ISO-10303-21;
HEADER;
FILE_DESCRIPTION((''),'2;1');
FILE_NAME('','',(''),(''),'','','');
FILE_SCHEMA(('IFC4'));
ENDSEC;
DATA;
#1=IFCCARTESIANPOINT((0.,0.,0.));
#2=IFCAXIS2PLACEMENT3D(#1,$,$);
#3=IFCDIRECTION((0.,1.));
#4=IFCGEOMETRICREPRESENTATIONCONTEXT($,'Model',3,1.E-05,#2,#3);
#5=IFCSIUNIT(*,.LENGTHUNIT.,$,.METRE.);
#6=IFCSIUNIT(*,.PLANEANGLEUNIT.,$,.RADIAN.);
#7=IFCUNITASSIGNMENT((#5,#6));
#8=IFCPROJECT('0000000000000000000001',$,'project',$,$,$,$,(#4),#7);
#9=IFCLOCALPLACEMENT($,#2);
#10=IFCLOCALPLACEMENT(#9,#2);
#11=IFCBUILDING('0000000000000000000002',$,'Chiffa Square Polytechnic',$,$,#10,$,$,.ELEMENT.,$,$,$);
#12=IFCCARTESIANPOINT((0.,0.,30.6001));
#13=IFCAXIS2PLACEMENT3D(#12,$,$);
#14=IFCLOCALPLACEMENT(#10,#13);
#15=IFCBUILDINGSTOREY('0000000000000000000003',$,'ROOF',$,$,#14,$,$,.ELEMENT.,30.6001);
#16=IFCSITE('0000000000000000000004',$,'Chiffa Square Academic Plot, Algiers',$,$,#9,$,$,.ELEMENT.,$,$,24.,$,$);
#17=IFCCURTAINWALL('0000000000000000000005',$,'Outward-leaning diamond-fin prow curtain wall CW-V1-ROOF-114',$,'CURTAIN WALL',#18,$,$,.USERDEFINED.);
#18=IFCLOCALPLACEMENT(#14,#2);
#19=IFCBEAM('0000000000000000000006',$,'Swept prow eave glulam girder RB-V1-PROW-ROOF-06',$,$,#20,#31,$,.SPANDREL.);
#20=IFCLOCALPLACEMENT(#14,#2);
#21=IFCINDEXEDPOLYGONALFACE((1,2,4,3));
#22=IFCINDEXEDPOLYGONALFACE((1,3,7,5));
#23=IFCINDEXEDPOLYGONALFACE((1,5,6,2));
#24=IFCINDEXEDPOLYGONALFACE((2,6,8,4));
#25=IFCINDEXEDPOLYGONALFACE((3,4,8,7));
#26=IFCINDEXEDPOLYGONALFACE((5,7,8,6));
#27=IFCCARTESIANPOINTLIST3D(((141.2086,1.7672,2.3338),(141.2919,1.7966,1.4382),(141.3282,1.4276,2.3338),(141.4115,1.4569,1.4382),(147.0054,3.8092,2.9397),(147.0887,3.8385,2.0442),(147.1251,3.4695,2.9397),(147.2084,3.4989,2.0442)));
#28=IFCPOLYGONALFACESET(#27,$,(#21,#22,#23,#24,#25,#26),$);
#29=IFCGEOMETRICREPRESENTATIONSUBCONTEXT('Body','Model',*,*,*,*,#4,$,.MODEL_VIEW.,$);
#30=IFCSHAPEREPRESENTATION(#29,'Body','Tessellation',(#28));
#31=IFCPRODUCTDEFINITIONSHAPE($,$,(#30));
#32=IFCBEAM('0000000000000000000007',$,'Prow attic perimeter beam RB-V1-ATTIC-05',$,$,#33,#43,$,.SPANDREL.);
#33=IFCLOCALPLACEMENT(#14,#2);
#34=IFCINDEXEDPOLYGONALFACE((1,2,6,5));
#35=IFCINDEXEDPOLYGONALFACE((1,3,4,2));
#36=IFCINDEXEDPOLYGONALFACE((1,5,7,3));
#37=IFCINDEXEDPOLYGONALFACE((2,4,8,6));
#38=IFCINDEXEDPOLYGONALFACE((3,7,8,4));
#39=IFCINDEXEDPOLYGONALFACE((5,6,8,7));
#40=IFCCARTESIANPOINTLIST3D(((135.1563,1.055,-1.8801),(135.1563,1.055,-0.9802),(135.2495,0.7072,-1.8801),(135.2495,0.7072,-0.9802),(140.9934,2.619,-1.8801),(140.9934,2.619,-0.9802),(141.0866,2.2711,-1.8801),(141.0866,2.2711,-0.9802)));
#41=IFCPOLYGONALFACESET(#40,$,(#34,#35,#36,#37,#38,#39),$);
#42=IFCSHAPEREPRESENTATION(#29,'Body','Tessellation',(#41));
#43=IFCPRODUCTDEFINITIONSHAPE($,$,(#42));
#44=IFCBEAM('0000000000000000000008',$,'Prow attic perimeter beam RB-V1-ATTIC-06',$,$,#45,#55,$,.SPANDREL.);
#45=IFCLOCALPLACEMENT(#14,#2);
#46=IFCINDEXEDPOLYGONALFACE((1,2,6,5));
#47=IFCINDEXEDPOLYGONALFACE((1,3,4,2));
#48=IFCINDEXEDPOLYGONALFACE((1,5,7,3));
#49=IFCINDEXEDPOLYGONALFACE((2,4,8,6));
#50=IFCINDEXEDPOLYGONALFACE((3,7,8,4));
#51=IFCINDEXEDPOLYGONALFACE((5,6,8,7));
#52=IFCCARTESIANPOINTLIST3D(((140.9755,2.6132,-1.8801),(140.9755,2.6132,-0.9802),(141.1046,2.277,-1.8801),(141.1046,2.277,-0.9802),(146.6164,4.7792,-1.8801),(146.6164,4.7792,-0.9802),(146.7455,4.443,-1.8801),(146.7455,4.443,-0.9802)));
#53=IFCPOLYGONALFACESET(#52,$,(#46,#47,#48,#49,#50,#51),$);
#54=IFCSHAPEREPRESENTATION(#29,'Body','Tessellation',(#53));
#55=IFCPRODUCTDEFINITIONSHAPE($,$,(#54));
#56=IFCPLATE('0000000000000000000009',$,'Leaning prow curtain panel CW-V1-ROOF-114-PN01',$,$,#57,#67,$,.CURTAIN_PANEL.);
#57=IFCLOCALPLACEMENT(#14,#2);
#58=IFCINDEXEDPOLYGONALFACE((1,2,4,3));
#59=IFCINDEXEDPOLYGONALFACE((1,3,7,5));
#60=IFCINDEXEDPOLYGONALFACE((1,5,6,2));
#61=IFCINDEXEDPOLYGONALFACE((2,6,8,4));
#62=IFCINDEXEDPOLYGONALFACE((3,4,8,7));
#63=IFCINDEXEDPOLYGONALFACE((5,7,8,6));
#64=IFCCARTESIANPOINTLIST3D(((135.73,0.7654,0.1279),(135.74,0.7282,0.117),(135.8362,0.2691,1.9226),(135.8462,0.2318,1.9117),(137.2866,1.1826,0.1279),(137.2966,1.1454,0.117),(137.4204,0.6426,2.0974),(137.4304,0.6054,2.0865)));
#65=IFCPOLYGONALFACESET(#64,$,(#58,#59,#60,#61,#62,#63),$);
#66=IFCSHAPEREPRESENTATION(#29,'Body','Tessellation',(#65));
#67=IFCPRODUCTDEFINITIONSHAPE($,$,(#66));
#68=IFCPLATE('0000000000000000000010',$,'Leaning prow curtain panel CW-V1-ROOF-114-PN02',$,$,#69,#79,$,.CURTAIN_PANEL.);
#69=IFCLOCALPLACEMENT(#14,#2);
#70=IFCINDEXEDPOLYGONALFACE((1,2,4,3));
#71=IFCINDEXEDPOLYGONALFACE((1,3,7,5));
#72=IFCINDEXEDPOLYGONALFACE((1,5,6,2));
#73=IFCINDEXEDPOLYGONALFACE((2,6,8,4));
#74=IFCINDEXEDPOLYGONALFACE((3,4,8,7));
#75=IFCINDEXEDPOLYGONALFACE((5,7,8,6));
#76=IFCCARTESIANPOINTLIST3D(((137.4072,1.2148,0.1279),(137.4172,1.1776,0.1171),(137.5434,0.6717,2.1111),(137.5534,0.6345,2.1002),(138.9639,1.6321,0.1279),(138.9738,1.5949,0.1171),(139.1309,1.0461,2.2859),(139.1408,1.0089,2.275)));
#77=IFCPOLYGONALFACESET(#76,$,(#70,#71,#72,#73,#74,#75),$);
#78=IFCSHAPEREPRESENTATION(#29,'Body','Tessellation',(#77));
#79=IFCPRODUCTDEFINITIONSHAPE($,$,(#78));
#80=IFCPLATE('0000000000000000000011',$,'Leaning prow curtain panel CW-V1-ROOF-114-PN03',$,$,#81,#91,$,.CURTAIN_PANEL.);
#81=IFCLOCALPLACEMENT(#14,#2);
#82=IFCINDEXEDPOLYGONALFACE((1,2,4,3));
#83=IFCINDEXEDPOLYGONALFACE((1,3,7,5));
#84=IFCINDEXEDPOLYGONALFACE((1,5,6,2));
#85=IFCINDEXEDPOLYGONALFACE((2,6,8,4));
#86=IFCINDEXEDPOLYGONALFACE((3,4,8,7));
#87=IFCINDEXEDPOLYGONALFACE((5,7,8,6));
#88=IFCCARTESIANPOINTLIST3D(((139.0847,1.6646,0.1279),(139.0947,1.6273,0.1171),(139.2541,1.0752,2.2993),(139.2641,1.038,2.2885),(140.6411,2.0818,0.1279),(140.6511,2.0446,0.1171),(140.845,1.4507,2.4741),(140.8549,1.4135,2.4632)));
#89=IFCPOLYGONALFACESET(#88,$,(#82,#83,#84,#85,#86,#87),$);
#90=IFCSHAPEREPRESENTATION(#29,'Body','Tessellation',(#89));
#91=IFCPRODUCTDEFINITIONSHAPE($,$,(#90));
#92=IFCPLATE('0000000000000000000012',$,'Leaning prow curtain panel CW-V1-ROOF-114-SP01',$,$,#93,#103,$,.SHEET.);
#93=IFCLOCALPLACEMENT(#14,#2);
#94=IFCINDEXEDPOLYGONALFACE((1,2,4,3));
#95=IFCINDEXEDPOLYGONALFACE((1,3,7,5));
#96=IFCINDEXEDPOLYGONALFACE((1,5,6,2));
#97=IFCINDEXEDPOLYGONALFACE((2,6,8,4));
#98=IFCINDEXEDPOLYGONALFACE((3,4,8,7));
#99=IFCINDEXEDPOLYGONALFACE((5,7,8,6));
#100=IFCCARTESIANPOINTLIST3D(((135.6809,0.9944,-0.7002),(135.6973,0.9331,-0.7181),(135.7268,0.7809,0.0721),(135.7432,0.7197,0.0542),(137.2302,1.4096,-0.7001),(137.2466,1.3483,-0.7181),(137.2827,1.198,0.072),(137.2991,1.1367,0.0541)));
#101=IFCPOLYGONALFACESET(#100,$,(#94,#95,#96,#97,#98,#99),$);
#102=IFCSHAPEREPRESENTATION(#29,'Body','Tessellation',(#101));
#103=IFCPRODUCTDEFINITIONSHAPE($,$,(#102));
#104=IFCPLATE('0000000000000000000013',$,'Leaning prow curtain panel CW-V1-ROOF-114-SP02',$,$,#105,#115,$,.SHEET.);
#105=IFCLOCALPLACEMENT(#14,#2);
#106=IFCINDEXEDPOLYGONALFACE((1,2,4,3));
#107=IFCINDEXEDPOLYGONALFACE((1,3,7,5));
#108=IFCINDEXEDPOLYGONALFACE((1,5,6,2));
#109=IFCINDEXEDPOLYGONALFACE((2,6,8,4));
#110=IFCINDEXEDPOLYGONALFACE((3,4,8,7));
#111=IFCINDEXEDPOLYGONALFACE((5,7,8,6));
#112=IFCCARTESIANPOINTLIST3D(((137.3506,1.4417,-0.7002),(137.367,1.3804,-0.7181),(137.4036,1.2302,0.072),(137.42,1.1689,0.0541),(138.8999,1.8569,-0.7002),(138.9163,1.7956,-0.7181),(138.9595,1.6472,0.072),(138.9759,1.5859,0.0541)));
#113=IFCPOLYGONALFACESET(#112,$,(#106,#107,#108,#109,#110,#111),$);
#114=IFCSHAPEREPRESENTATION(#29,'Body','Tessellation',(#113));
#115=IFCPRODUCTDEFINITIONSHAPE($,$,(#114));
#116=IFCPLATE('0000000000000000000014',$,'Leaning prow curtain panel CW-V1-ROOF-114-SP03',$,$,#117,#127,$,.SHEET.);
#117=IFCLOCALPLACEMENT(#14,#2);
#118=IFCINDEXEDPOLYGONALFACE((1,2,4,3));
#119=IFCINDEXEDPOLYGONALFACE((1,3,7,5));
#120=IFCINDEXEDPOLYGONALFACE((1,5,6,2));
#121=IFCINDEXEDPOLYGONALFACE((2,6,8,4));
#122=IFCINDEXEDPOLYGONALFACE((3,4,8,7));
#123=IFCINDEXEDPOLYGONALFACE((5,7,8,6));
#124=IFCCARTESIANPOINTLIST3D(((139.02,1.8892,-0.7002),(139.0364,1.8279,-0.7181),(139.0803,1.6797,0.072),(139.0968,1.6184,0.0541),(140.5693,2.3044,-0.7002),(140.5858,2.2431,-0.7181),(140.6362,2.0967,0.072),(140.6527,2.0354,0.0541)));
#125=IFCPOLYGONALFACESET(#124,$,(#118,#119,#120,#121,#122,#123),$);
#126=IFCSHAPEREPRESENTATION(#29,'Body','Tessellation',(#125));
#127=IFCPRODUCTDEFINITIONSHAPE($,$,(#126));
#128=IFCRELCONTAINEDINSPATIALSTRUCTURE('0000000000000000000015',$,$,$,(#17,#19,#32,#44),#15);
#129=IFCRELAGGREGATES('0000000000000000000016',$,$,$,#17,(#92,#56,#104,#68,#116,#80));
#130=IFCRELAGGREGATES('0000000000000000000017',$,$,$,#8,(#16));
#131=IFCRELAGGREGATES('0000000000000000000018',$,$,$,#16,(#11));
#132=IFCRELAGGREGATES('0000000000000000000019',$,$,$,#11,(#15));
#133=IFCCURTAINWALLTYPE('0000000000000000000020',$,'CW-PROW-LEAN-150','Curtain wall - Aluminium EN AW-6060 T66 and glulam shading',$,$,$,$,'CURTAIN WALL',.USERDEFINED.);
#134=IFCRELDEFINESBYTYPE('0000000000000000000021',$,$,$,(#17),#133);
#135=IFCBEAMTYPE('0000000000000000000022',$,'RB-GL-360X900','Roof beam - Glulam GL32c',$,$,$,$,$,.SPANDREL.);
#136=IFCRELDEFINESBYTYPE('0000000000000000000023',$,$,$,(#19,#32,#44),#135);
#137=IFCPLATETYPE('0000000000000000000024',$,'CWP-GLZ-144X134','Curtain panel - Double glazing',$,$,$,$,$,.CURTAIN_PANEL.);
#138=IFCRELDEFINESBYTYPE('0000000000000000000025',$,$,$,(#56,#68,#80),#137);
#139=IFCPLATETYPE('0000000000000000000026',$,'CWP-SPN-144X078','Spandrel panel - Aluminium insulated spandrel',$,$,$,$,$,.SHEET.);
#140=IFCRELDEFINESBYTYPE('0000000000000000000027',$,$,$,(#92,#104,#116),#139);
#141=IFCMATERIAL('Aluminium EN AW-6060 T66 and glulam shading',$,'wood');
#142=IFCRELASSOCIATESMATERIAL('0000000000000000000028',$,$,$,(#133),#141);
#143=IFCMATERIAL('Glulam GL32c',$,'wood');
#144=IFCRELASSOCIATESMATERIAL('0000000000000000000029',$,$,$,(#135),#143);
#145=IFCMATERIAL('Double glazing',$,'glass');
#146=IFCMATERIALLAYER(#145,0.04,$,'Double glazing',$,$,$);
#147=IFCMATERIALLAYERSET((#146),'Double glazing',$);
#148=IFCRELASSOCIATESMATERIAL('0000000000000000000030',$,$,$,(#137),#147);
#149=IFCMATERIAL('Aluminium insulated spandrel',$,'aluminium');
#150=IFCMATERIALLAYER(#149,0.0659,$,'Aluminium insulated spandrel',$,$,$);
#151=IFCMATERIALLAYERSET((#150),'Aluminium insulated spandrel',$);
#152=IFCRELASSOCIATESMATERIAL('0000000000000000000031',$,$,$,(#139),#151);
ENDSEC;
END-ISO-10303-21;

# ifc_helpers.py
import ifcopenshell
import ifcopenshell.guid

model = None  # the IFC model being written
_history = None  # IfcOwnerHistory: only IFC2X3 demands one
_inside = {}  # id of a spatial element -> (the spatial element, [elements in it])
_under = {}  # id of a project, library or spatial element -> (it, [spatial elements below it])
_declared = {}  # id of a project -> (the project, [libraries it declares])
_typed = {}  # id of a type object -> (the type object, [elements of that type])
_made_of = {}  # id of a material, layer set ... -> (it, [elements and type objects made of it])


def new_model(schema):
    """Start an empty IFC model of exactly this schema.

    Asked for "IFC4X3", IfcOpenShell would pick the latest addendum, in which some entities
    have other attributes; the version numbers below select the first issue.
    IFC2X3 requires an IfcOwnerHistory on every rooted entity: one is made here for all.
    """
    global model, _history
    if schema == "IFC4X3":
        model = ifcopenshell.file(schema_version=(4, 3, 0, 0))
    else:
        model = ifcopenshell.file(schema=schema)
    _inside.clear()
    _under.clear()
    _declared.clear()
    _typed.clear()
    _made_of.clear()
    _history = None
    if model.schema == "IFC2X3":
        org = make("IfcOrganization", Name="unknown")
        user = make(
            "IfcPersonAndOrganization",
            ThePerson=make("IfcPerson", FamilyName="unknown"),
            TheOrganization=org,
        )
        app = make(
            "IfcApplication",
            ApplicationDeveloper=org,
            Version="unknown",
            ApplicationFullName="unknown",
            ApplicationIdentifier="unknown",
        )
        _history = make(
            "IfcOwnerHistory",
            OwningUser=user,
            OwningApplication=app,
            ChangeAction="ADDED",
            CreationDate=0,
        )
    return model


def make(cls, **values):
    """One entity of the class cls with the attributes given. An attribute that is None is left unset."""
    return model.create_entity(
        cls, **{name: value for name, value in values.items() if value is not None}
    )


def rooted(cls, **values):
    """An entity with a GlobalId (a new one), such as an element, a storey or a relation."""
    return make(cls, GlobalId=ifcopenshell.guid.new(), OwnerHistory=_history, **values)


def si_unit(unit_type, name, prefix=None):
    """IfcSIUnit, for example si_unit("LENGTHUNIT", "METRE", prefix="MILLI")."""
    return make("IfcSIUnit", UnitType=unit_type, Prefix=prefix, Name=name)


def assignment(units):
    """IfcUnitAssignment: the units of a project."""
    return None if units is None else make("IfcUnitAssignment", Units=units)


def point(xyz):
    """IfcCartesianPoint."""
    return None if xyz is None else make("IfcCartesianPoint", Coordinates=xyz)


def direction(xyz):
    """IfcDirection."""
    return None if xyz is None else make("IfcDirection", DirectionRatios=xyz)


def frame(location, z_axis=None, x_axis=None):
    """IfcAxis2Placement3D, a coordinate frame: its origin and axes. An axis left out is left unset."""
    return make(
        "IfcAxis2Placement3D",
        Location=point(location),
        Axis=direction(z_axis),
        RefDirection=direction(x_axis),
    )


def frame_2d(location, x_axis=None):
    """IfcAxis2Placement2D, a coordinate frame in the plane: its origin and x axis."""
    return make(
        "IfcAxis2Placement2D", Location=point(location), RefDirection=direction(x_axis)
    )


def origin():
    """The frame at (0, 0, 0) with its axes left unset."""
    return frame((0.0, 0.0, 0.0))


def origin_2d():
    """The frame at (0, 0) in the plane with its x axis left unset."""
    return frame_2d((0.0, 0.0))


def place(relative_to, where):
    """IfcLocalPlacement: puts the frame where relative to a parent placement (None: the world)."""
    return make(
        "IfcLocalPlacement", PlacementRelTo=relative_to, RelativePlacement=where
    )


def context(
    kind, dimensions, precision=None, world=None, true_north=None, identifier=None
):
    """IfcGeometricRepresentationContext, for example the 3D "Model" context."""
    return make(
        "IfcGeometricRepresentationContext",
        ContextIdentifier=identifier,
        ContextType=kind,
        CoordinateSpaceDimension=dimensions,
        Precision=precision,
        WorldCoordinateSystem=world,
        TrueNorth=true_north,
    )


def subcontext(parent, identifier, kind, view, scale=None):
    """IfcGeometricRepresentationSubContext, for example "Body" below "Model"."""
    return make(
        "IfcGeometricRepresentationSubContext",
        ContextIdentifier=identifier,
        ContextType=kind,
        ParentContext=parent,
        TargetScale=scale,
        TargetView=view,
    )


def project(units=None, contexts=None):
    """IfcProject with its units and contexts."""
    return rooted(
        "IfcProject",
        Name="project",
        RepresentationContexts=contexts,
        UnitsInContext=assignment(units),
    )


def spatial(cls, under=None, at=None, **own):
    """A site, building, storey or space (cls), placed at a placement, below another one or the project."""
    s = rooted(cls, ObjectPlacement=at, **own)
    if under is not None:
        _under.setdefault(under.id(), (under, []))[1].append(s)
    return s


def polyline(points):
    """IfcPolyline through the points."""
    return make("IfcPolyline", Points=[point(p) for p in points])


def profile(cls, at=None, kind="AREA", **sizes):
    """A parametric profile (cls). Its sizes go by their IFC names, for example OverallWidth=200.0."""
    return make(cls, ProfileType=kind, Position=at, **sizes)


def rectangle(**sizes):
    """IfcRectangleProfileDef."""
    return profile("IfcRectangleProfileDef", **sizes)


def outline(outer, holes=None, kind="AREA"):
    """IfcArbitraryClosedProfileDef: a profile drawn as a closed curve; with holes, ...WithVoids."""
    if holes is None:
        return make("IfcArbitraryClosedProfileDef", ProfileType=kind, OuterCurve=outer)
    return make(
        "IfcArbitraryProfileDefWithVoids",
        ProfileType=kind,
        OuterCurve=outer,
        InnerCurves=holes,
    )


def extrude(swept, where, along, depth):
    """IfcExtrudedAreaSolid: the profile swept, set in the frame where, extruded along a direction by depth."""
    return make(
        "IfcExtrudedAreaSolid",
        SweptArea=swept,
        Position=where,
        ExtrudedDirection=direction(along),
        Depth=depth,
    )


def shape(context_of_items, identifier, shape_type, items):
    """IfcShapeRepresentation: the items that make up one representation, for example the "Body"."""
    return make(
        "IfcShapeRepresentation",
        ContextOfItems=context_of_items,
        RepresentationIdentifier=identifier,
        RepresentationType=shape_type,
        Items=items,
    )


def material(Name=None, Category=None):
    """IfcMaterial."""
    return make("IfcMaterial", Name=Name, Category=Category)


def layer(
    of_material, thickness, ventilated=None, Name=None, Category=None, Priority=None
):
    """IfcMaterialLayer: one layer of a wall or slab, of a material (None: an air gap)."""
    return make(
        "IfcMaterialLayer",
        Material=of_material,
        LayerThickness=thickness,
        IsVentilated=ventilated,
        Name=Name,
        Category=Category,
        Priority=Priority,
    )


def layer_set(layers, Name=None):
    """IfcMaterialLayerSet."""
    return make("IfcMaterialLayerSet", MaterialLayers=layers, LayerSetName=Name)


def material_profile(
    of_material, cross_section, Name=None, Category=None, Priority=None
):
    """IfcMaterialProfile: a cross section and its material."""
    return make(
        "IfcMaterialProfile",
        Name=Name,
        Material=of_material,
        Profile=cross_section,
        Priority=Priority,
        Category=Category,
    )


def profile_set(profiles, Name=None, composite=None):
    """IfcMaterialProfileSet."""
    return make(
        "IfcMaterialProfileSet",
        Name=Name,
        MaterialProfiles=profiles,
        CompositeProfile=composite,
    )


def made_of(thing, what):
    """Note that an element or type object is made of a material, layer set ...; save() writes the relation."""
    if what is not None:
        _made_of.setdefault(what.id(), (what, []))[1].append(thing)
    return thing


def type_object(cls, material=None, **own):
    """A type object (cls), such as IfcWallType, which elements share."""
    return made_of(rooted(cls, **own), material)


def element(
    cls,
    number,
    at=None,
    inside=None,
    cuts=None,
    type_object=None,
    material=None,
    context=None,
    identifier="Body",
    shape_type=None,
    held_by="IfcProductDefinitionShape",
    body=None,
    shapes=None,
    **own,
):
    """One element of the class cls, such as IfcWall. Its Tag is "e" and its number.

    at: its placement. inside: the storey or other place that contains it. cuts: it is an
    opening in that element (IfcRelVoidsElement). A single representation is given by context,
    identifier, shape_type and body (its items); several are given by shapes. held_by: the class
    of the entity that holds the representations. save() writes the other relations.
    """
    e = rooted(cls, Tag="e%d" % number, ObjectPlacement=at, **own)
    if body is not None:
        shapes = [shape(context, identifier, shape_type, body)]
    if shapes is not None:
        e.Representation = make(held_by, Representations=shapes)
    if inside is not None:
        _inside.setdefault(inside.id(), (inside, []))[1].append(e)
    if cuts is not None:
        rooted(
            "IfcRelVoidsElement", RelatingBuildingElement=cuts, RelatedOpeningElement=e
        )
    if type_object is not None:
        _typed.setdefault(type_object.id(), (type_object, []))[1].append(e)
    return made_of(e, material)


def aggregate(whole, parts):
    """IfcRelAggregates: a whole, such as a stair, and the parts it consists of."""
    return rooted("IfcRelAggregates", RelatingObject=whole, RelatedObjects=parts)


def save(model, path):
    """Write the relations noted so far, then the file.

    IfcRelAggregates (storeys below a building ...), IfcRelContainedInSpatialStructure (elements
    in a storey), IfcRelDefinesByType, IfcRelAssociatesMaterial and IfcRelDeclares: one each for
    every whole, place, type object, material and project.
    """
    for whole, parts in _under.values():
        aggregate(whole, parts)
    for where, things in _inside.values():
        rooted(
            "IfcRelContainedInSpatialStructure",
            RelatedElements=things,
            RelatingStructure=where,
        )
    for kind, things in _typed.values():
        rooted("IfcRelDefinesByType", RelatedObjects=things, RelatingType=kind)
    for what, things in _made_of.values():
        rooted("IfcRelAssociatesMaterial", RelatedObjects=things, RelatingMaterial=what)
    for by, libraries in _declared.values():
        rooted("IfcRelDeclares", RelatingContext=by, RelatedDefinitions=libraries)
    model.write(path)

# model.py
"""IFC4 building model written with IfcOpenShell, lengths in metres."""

from ifc_helpers import new_model, si_unit, direction, frame, origin, origin_2d, place, context, subcontext, project, spatial, polyline, rectangle, outline, extrude, material, layer, layer_set, material_profile, profile_set, type_object, element, aggregate, save


model = new_model("IFC4")

# Units and contexts
model_context = context("Model", 3, precision=1e-05, world=origin(), true_north=direction((0.0, 1.0)))
body_context = subcontext(model_context, "Body", "Model", "MODEL_VIEW")
ifc_project = project(units=[si_unit("LENGTHUNIT", "METRE"), si_unit("PLANEANGLEUNIT", "RADIAN")], contexts=[model_context])

# Site, building, storey
site_placement = place(None, origin())
site = spatial("IfcSite", under=ifc_project, at=site_placement, Name="Chiffa Square Academic Plot, Algiers", CompositionType="ELEMENT", RefElevation=24.0)
building_placement = place(site_placement, origin())
building = spatial("IfcBuilding", under=site, at=building_placement, Name="Chiffa Square Polytechnic", CompositionType="ELEMENT")
storey_placement = place(building_placement, frame((0.0, 0.0, 30.6001)))
storey = spatial("IfcBuildingStorey", under=building, at=storey_placement, Name="ROOF", CompositionType="ELEMENT", Elevation=30.6001)

# Shared definitions
ifc_material_1 = material(Name="Glulam GL32c", Category="wood")

# Shared definitions
ifc_material_2 = material(Name="Aluminium EN AW-6060 T66 and glulam shading", Category="wood")

# Curtain wall
curtain_wall_type_1 = type_object("IfcCurtainWallType", Name="CW-PROW-LEAN-150", Description="Curtain wall - Aluminium EN AW-6060 T66 and glulam shading", ElementType="CURTAIN WALL", PredefinedType="USERDEFINED", material=ifc_material_2)
curtain_wall_1_placement = place(storey_placement, origin())
curtain_wall_1 = element("IfcCurtainWall", 1, at=curtain_wall_1_placement, inside=storey, type_object=curtain_wall_type_1, Name="Outward-leaning diamond-fin prow curtain wall CW-V1-ROOF-114", ObjectType="CURTAIN WALL", PredefinedType="USERDEFINED")

# Beams
ifc_material_profile_1 = material_profile(ifc_material_1, rectangle(XDim=0.3601, YDim=0.8999, at=origin_2d()), Name="GL32c 360x900")
ifc_profile_set_1 = profile_set([ifc_material_profile_1], Name="Glulam GL32c")
beam_type_1 = type_object("IfcBeamType", Name="RB-GL-360X900", Description="Roof beam - Glulam GL32c", PredefinedType="SPANDREL", material=ifc_profile_set_1)
beam_1_placement = place(storey_placement, frame((141.3101, 1.6121, 1.886), z_axis=(0.938641, 0.330643, 0.098118), x_axis=(-0.332247, 0.943193, 0.0)))
element("IfcBeam", 2, at=beam_1_placement, inside=storey, type_object=beam_type_1, Name="Swept prow eave glulam girder RB-V1-PROW-ROOF-06", PredefinedType="SPANDREL", context=body_context, shape_type="SweptSolid", body=[
    extrude(rectangle(XDim=0.3601, YDim=0.8999, at=origin_2d()), origin(), (0.0, 0.0, 1.0), 6.1758),
])
beam_2_placement = place(storey_placement, frame((135.2029, 0.8811, -1.4302), z_axis=(0.96593, 0.258804, 0.0), x_axis=(-0.258804, 0.96593, 0.0)))
element("IfcBeam", 3, at=beam_2_placement, inside=storey, type_object=beam_type_1, Name="Prow attic perimeter beam RB-V1-ATTIC-05", PredefinedType="SPANDREL", context=body_context, shape_type="SweptSolid", body=[
    extrude(rectangle(XDim=0.3601, YDim=0.8999, at=origin_2d()), origin(), (0.0, 0.0, 1.0), 6.043),
])
beam_3_placement = place(storey_placement, frame((141.04, 2.4451, -1.4302), z_axis=(0.933542, 0.358467, 0.0), x_axis=(-0.358467, 0.933542, 0.0)))
element("IfcBeam", 4, at=beam_3_placement, inside=storey, type_object=beam_type_1, Name="Prow attic perimeter beam RB-V1-ATTIC-06", PredefinedType="SPANDREL", context=body_context, shape_type="SweptSolid", body=[
    extrude(rectangle(XDim=0.3601, YDim=0.8999, at=origin_2d()), origin(), (0.0, 0.0, 1.0), 6.0425),
])

# Plates
ifc_material_3 = material(Name="Double glazing", Category="glass")
ifc_layer_1 = layer(ifc_material_3, 0.04, Name="Double glazing")
ifc_layer_set_1 = layer_set([ifc_layer_1], Name="Double glazing")
plate_type_1 = type_object("IfcPlateType", Name="CWP-GLZ-144X134", Description="Curtain panel - Double glazing", PredefinedType="CURTAIN_PANEL", material=ifc_layer_set_1)
plate_1_placement = place(storey_placement, frame((135.73, 0.7654, 0.1279), z_axis=(-0.249156, 0.929537, 0.271813), x_axis=(0.965903, 0.258903, 0.000002)))
plate_1 = element("IfcPlate", 5, at=plate_1_placement, type_object=plate_type_1, Name="Leaning prow curtain panel CW-V1-ROOF-114-PN01", PredefinedType="CURTAIN_PANEL", context=body_context, shape_type="SweptSolid", body=[
    extrude(outline(polyline([(0.0, 0.0), (1.6116, 0.0), (1.601, -2.0465), (-0.0259, -1.8649), (0.0, 0.0)])), origin(), (0.0, 0.0, -1.0), 0.04),
])
plate_2_placement = place(storey_placement, frame((137.4072, 1.2148, 0.1279), z_axis=(-0.249192, 0.929558, 0.271708), x_axis=(0.965896, 0.258931, 0.00001)))
plate_2 = element("IfcPlate", 6, at=plate_2_placement, type_object=plate_type_1, Name="Leaning prow curtain panel CW-V1-ROOF-114-PN02", PredefinedType="CURTAIN_PANEL", context=body_context, shape_type="SweptSolid", body=[
    extrude(outline(polyline([(0.0, 0.0), (1.6116, 0.0), (1.6212, -2.2423), (-0.0091, -2.0607), (0.0, 0.0)])), origin(), (0.0, 0.0, -1.0), 0.04),
])
plate_3_placement = place(storey_placement, frame((139.0847, 1.6646, 0.1279), z_axis=(-0.249227, 0.929546, 0.271718), x_axis=(0.965886, 0.258968, 0.000009)))
plate_3 = element("IfcPlate", 7, at=plate_3_placement, type_object=plate_type_1, Name="Leaning prow curtain panel CW-V1-ROOF-114-PN03", PredefinedType="CURTAIN_PANEL", context=body_context, shape_type="SweptSolid", body=[
    extrude(outline(polyline([(0.0, 0.0), (1.6114, 0.0), (1.6448, -2.4379), (0.011, -2.2563), (0.0, 0.0)])), origin(), (0.0, 0.0, -1.0), 0.04),
])
ifc_material_4 = material(Name="Aluminium insulated spandrel", Category="aluminium")
ifc_layer_2 = layer(ifc_material_4, 0.0659, Name="Aluminium insulated spandrel")
ifc_layer_set_2 = layer_set([ifc_layer_2], Name="Aluminium insulated spandrel")
plate_type_2 = type_object("IfcPlateType", Name="CWP-SPN-144X078", Description="Spandrel panel - Aluminium insulated spandrel", PredefinedType="SHEET", material=ifc_layer_set_2)
plate_4_placement = place(storey_placement, frame((135.6809, 0.9944, -0.7002), z_axis=(-0.249148, 0.929571, 0.271703), x_axis=(0.96591, 0.258877, 0.000034)))
plate_4 = element("IfcPlate", 8, at=plate_4_placement, type_object=plate_type_2, Name="Leaning prow curtain panel CW-V1-ROOF-114-SP01", PredefinedType="SHEET", context=body_context, shape_type="SweptSolid", body=[
    extrude(outline(polyline([(0.0, 0.0), (1.6039, 0.0), (1.5999, -0.8023), (-0.0109, -0.8025), (0.0, 0.0)])), origin(), (0.0, 0.0, -1.0), 0.0659),
])
plate_5_placement = place(storey_placement, frame((137.3506, 1.4417, -0.7002), z_axis=(-0.249152, 0.929588, 0.271641), x_axis=(0.965907, 0.258888, -0.000005)))
plate_5 = element("IfcPlate", 9, at=plate_5_placement, type_object=plate_type_2, Name="Leaning prow curtain panel CW-V1-ROOF-114-SP02", PredefinedType="SHEET", context=body_context, shape_type="SweptSolid", body=[
    extrude(outline(polyline([(0.0, 0.0), (1.604, 0.0), (1.6073, -0.8024), (-0.0036, -0.8024), (0.0, 0.0)])), origin(), (0.0, 0.0, -1.0), 0.0659),
])
plate_6_placement = place(storey_placement, frame((139.02, 1.8892, -0.7002), z_axis=(-0.249151, 0.929585, 0.271652), x_axis=(0.965907, 0.258888, -0.000005)))
plate_6 = element("IfcPlate", 10, at=plate_6_placement, type_object=plate_type_2, Name="Leaning prow curtain panel CW-V1-ROOF-114-SP03", PredefinedType="SHEET", context=body_context, shape_type="SweptSolid", body=[
    extrude(outline(polyline([(0.0, 0.0), (1.604, 0.0), (1.6148, -0.8024), (0.004, -0.8024), (0.0, 0.0)])), origin(), (0.0, 0.0, -1.0), 0.0659),
])
aggregate(curtain_wall_1, [plate_4, plate_1, plate_5, plate_2, plate_6, plate_3])

save(model, "model.ifc")
